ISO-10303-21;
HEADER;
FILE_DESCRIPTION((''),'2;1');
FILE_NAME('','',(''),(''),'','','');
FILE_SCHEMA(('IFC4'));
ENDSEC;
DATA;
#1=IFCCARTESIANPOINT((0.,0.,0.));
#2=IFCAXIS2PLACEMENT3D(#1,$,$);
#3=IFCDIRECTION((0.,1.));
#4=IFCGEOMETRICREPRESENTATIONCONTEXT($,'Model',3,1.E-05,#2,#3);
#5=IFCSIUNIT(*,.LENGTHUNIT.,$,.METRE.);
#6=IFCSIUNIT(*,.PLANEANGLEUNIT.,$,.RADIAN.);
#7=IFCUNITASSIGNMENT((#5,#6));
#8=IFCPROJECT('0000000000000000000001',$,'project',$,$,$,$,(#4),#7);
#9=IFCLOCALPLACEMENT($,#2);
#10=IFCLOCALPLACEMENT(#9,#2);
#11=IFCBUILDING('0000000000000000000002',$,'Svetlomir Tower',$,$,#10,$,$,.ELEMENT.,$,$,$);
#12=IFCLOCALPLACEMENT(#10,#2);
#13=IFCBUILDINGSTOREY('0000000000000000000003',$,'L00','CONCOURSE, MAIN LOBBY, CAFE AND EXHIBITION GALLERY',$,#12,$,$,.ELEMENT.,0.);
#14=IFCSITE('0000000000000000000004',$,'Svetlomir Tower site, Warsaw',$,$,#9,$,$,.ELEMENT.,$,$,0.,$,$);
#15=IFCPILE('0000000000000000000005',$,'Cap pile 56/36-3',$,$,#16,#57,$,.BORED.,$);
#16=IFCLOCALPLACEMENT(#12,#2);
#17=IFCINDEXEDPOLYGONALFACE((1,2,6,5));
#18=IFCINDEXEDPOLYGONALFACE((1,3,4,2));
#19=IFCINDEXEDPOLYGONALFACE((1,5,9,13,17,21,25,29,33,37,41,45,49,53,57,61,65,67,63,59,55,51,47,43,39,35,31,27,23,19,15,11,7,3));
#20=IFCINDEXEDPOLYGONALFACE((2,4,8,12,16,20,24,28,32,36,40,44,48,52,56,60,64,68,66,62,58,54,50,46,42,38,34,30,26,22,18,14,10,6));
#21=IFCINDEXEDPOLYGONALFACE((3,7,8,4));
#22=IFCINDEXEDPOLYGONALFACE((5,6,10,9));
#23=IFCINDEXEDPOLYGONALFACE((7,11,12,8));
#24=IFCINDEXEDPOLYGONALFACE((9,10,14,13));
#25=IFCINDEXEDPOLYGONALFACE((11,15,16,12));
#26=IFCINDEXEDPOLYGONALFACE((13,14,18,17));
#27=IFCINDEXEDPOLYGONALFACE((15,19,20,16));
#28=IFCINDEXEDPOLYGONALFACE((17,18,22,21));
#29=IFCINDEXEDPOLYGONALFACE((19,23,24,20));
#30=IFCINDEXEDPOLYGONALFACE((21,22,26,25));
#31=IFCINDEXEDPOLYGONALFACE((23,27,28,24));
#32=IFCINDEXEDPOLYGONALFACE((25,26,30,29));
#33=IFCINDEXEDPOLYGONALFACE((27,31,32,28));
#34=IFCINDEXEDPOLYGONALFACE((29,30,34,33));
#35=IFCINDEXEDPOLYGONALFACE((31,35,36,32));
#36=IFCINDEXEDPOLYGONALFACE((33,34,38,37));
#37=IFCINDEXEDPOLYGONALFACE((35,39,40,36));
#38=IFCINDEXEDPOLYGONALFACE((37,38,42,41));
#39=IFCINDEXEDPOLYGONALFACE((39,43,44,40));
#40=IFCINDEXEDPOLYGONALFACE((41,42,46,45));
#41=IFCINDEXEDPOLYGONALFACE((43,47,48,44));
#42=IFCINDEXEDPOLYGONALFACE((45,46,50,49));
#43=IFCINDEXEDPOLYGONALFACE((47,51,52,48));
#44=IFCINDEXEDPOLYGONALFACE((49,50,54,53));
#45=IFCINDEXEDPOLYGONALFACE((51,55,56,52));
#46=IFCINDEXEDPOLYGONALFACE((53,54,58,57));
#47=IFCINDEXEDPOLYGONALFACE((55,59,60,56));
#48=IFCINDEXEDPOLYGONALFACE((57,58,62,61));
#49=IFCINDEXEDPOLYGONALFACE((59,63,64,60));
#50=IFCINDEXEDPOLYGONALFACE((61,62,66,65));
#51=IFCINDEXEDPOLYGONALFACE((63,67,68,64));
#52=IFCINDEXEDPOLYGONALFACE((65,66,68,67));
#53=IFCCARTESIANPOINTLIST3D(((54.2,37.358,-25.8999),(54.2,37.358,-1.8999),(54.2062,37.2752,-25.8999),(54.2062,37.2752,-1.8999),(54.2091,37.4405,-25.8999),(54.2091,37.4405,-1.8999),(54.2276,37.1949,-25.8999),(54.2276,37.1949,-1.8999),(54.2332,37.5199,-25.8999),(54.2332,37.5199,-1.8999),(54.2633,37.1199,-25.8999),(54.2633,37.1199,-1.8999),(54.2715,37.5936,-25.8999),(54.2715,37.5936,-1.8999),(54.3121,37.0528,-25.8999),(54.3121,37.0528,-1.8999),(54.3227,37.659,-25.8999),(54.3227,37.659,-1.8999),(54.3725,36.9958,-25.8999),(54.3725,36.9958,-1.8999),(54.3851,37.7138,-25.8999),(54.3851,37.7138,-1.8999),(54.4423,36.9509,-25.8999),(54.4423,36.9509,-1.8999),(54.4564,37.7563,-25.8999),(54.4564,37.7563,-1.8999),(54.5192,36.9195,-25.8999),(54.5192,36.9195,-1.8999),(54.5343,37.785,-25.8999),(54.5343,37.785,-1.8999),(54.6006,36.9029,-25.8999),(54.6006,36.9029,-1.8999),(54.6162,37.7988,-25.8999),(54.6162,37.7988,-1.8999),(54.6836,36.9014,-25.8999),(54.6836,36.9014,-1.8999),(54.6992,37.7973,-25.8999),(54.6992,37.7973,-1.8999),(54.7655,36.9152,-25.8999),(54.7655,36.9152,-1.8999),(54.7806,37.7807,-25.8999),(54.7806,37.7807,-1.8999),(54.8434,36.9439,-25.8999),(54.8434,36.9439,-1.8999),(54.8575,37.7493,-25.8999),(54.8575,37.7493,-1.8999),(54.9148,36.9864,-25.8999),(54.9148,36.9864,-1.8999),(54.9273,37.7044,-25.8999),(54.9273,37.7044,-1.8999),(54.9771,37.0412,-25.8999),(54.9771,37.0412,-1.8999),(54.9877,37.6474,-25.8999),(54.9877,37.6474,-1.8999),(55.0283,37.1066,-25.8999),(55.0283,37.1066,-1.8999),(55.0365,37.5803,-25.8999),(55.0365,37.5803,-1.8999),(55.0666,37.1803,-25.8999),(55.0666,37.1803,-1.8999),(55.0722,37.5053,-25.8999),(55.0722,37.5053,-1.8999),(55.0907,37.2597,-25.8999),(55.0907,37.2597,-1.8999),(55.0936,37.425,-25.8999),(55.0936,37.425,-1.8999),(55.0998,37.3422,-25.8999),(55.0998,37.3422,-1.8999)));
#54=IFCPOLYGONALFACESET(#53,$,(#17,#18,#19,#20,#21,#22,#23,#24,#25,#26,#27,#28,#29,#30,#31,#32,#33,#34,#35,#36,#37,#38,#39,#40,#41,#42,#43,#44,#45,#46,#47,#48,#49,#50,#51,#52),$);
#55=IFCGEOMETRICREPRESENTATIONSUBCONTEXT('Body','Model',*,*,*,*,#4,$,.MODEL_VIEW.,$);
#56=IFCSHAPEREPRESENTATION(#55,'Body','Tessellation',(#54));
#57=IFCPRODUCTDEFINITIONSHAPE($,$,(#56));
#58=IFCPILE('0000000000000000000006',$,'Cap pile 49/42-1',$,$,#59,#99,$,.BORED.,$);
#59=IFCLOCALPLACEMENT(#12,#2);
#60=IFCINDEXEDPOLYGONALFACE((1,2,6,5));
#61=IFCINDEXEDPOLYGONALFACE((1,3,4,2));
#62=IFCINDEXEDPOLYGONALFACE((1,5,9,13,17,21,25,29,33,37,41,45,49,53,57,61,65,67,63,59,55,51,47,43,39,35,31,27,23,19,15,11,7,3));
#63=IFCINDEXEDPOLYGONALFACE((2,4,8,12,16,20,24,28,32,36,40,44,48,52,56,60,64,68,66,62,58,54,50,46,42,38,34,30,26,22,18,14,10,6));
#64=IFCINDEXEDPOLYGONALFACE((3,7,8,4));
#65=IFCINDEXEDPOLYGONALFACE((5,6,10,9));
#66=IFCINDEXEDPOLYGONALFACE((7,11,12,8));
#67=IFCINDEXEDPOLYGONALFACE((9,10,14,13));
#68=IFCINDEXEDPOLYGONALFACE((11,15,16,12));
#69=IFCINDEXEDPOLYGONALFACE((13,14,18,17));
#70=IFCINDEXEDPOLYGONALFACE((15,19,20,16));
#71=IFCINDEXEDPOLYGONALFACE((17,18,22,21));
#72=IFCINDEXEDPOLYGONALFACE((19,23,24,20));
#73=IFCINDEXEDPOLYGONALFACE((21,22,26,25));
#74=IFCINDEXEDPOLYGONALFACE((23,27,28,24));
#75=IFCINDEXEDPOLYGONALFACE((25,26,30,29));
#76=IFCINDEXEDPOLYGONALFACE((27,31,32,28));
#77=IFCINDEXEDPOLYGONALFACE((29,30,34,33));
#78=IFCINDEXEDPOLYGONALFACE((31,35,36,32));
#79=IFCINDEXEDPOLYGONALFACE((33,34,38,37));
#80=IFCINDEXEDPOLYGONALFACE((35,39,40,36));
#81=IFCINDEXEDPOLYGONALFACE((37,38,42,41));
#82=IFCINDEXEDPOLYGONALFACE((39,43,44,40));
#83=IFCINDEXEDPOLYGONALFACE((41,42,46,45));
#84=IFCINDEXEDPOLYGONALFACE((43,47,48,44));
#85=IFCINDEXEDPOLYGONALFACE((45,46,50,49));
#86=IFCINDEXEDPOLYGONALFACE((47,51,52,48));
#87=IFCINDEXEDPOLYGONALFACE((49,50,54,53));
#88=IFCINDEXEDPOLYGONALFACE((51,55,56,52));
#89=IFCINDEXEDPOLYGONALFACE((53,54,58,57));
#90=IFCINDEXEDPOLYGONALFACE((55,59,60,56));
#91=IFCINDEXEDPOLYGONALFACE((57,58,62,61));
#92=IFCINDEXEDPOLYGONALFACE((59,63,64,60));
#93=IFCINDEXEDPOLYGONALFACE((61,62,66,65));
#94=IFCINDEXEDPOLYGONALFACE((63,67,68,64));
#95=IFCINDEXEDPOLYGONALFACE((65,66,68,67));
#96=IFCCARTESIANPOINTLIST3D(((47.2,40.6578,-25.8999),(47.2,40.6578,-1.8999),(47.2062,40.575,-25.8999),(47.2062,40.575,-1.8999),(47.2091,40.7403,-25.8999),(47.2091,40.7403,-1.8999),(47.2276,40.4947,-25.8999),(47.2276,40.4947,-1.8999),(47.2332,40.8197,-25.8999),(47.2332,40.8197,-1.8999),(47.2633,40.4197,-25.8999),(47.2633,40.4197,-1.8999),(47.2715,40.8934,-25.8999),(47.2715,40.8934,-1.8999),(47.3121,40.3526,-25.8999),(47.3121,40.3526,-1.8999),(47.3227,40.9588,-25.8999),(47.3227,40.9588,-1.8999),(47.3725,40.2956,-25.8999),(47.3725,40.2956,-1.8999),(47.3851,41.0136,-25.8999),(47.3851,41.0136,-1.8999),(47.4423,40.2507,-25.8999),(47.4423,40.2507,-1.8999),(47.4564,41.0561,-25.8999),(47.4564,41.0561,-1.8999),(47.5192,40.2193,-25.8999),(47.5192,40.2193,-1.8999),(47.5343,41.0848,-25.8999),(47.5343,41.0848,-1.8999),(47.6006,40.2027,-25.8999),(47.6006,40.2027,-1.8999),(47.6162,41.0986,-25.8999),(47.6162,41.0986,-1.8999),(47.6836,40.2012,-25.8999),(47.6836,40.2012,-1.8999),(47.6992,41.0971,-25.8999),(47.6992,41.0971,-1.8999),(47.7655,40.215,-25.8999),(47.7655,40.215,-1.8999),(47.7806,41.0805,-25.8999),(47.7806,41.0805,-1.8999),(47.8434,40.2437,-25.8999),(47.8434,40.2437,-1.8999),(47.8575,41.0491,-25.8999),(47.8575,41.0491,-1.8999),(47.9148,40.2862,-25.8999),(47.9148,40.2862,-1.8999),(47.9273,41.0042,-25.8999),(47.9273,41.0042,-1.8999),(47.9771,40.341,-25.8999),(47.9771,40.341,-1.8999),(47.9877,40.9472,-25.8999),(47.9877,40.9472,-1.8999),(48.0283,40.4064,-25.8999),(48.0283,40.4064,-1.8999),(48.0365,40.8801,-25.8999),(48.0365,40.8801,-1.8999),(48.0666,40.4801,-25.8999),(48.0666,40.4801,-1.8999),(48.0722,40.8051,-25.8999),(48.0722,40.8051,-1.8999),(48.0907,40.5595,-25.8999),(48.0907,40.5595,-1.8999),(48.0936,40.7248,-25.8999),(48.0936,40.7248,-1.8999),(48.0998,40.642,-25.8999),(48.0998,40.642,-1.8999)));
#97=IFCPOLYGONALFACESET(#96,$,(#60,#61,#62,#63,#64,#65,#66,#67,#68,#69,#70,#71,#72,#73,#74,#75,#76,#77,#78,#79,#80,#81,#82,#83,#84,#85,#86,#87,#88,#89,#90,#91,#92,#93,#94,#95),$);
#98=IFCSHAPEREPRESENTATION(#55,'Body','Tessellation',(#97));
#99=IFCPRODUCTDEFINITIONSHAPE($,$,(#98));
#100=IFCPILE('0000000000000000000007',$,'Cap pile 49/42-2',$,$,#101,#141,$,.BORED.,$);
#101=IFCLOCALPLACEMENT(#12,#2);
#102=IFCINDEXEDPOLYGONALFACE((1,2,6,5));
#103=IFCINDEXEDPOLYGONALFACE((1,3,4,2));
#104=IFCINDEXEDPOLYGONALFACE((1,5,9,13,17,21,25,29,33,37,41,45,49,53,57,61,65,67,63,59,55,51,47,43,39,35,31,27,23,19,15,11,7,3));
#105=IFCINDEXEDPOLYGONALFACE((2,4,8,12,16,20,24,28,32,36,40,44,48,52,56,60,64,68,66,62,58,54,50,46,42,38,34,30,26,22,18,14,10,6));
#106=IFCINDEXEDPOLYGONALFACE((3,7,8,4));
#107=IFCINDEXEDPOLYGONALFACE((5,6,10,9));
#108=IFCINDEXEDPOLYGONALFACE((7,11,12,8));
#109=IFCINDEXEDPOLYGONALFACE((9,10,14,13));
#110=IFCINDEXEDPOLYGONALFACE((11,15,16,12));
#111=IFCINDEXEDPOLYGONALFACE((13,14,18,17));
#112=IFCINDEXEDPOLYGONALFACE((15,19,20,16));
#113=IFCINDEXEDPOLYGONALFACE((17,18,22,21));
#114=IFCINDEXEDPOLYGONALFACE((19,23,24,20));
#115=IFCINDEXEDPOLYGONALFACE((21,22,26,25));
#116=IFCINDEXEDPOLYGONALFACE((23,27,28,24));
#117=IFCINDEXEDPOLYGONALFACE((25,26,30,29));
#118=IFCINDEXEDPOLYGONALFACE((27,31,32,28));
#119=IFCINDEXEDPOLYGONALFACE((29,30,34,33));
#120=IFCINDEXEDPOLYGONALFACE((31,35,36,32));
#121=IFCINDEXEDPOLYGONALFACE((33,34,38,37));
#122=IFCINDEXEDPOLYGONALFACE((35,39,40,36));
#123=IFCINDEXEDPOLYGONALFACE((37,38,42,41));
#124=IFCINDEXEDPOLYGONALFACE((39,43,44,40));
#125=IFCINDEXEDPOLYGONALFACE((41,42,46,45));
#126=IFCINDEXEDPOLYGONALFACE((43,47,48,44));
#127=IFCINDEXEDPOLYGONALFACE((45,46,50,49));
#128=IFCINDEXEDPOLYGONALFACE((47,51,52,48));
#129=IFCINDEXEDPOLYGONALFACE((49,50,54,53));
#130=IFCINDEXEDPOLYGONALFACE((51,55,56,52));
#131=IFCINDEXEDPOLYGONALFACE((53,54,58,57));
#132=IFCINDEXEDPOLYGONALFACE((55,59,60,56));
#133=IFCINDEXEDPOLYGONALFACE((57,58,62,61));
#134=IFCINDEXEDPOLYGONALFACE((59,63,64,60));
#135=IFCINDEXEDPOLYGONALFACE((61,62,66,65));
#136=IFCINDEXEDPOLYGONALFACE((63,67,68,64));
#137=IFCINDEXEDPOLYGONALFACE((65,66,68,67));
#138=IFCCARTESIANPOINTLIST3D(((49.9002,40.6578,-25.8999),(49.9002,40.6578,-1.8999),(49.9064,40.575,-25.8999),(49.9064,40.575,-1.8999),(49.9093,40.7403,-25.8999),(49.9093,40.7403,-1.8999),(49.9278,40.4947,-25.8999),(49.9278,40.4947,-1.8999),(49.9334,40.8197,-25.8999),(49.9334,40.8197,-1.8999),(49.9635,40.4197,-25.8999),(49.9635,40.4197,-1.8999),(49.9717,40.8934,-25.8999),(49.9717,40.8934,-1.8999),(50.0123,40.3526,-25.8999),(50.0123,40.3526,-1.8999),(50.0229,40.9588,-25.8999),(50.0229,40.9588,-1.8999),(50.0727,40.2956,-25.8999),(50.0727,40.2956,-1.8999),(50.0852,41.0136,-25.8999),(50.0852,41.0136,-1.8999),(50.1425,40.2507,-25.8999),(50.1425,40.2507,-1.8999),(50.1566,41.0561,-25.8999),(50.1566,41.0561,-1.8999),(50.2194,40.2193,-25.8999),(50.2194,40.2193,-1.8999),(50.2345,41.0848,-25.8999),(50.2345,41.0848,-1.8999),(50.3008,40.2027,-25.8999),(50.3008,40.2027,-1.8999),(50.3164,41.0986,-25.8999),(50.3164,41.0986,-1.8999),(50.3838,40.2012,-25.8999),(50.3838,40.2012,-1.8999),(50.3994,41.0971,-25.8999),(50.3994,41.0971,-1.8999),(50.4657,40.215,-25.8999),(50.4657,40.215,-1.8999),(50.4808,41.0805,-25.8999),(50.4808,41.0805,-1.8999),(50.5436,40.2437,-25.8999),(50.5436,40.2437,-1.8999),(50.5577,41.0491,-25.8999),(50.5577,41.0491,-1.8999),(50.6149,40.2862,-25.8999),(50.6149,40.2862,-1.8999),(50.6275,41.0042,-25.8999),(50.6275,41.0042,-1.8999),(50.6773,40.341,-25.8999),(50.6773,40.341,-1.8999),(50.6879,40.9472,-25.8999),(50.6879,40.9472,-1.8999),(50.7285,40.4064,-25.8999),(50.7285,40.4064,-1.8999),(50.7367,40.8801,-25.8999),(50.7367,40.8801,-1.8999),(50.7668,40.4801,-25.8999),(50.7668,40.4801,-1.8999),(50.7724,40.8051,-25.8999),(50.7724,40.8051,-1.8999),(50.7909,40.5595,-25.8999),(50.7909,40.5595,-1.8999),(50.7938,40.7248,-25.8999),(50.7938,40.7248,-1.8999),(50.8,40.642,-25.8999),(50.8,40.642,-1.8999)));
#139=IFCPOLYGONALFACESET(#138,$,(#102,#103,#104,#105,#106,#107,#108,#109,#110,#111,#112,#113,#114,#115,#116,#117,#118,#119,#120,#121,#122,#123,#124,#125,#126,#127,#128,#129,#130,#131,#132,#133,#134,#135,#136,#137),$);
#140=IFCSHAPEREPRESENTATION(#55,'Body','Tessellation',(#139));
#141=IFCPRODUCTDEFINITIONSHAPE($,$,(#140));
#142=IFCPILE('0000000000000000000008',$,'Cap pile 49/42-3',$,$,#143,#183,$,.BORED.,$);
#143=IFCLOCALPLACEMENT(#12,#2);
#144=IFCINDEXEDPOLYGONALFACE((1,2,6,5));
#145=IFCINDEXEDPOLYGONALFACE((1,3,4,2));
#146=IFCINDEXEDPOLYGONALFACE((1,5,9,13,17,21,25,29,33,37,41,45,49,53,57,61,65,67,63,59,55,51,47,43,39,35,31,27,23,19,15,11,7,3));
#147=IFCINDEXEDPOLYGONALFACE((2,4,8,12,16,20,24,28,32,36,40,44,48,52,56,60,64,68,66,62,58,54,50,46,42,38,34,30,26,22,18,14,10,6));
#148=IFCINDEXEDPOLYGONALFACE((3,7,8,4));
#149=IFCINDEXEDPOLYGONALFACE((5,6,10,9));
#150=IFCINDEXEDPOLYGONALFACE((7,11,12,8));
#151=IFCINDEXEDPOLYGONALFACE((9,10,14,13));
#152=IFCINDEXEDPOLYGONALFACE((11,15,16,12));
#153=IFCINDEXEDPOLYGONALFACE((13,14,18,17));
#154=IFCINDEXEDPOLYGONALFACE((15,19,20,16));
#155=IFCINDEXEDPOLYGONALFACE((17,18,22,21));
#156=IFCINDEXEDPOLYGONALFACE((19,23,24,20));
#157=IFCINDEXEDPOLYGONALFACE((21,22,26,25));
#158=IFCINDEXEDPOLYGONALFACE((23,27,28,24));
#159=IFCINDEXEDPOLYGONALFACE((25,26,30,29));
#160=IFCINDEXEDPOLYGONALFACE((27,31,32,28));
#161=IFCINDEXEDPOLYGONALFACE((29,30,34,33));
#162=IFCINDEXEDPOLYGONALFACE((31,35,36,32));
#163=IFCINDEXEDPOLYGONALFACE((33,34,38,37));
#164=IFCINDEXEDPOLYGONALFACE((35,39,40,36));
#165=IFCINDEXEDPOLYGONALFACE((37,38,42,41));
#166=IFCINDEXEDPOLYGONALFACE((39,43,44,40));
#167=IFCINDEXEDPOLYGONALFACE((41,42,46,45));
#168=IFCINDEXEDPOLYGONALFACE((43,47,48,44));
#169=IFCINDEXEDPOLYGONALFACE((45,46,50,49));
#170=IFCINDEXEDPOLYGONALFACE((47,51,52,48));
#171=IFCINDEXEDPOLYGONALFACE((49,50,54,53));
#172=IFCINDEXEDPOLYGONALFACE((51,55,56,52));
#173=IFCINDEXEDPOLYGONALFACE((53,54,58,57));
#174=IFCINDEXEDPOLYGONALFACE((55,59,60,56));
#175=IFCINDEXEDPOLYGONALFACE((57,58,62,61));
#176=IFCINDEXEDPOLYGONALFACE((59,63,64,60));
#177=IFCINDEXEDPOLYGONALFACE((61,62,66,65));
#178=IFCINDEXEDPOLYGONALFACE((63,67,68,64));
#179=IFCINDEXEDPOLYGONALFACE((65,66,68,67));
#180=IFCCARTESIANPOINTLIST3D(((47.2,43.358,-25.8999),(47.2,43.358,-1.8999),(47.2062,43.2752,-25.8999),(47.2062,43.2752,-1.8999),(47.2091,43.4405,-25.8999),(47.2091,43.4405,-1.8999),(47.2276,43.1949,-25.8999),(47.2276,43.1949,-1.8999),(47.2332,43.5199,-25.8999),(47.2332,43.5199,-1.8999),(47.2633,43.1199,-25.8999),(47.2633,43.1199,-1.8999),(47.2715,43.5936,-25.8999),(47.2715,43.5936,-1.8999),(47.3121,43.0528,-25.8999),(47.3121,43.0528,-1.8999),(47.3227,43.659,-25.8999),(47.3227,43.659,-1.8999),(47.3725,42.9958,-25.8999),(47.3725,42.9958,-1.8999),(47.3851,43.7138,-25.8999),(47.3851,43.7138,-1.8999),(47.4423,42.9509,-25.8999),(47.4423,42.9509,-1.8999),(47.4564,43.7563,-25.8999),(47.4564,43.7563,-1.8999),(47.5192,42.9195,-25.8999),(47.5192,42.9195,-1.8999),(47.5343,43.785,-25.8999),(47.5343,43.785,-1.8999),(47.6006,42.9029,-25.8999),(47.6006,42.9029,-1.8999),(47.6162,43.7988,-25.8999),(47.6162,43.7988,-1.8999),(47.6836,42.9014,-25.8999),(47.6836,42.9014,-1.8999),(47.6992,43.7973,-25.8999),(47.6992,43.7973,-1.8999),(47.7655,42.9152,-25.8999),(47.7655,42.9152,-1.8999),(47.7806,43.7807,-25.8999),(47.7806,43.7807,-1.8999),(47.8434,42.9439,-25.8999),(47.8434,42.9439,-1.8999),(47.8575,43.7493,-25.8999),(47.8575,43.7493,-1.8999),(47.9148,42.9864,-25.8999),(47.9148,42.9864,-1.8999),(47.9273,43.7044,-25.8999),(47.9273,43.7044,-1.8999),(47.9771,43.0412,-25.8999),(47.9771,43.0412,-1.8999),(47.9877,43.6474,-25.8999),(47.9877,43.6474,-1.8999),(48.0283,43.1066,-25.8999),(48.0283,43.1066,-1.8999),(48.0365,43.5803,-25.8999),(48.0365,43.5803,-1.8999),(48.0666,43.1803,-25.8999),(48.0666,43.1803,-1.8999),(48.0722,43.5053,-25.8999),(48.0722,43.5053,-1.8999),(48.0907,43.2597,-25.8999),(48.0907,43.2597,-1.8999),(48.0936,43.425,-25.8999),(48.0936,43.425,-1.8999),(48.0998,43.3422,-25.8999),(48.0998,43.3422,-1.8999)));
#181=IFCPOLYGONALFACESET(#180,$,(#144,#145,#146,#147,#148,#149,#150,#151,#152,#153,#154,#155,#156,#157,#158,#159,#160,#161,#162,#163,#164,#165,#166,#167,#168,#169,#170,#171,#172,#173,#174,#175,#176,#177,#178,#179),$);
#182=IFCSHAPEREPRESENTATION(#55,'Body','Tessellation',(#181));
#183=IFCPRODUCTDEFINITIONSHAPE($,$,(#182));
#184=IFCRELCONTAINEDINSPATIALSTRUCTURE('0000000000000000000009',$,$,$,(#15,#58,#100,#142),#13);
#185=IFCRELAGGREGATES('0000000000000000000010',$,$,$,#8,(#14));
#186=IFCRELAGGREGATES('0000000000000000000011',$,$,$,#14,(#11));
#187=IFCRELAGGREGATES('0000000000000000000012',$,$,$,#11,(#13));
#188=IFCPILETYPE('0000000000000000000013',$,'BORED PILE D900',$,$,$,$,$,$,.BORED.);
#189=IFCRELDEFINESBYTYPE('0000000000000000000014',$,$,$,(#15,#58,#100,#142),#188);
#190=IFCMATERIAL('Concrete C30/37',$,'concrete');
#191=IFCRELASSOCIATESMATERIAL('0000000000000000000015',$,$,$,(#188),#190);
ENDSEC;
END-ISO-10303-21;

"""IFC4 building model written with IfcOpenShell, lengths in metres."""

from ifc_helpers import new_model, si_unit, direction, frame, frame_2d, origin, origin_2d, place, context, subcontext, project, spatial, circle, extrude, material, material_profile, profile_set, type_object, element, save


model = new_model("IFC4")

# Units and contexts
model_context = context("Model", 3, precision=1e-05, world=origin(), true_north=direction((0.0, 1.0)))
body_context = subcontext(model_context, "Body", "Model", "MODEL_VIEW")
ifc_project = project(units=[si_unit("LENGTHUNIT", "METRE"), si_unit("PLANEANGLEUNIT", "RADIAN")], contexts=[model_context])

# Site, building, storey
site_placement = place(None, origin())
site = spatial("IfcSite", under=ifc_project, at=site_placement, Name="Svetlomir Tower site, Warsaw", CompositionType="ELEMENT", RefElevation=0.0)
building_placement = place(site_placement, origin())
building = spatial("IfcBuilding", under=site, at=building_placement, Name="Svetlomir Tower", CompositionType="ELEMENT")
storey_placement = place(building_placement, origin())
storey = spatial("IfcBuildingStorey", under=building, at=storey_placement, Name="L00", Description="CONCOURSE, MAIN LOBBY, CAFE AND EXHIBITION GALLERY", CompositionType="ELEMENT", Elevation=0.0)

# Piles
ifc_material_1 = material(Name="Concrete C30/37", Category="concrete")
ifc_material_profile_1 = material_profile(ifc_material_1, circle(Radius=0.45, at=origin_2d()), Name="RC D900")
ifc_profile_set_1 = profile_set([ifc_material_profile_1], Name="Concrete C30/37")
pile_type_1 = type_object("IfcPileType", Name="BORED PILE D900", PredefinedType="BORED", material=ifc_profile_set_1)
for number, where, z_axis, x_axis, name in (
    (1, (54.6499, 37.3501, -1.8999), (0.0, 0.0, -1.0), (1.0, 0.0, 0.0), "Cap pile 56/36-3"),
    (2, (47.6499, 40.6499, -1.8999), (0.0, 0.0, -1.0), (1.0, 0.0, 0.0), "Cap pile 49/42-1"),
    (3, (50.3501, 40.6499, -1.8999), (0.0, 0.0, -1.0), (1.0, 0.0, 0.0), "Cap pile 49/42-2"),
    (4, (47.6499, 43.3501, -1.8999), (0.0, 0.0, -1.0), (1.0, 0.0, 0.0), "Cap pile 49/42-3"),
):
    element("IfcPile", number, at=place(storey_placement, frame(where, z_axis=z_axis, x_axis=x_axis)), inside=storey, type_object=pile_type_1, Name=name, PredefinedType="BORED", context=body_context, shape_type="SweptSolid", body=[
        extrude(circle(Radius=0.45, at=frame_2d((0.0, 0.0), x_axis=(0.999848, 0.017452))), origin(), (0.0, 0.0, 1.0), 24.0),
    ])

save(model, "model.ifc")
